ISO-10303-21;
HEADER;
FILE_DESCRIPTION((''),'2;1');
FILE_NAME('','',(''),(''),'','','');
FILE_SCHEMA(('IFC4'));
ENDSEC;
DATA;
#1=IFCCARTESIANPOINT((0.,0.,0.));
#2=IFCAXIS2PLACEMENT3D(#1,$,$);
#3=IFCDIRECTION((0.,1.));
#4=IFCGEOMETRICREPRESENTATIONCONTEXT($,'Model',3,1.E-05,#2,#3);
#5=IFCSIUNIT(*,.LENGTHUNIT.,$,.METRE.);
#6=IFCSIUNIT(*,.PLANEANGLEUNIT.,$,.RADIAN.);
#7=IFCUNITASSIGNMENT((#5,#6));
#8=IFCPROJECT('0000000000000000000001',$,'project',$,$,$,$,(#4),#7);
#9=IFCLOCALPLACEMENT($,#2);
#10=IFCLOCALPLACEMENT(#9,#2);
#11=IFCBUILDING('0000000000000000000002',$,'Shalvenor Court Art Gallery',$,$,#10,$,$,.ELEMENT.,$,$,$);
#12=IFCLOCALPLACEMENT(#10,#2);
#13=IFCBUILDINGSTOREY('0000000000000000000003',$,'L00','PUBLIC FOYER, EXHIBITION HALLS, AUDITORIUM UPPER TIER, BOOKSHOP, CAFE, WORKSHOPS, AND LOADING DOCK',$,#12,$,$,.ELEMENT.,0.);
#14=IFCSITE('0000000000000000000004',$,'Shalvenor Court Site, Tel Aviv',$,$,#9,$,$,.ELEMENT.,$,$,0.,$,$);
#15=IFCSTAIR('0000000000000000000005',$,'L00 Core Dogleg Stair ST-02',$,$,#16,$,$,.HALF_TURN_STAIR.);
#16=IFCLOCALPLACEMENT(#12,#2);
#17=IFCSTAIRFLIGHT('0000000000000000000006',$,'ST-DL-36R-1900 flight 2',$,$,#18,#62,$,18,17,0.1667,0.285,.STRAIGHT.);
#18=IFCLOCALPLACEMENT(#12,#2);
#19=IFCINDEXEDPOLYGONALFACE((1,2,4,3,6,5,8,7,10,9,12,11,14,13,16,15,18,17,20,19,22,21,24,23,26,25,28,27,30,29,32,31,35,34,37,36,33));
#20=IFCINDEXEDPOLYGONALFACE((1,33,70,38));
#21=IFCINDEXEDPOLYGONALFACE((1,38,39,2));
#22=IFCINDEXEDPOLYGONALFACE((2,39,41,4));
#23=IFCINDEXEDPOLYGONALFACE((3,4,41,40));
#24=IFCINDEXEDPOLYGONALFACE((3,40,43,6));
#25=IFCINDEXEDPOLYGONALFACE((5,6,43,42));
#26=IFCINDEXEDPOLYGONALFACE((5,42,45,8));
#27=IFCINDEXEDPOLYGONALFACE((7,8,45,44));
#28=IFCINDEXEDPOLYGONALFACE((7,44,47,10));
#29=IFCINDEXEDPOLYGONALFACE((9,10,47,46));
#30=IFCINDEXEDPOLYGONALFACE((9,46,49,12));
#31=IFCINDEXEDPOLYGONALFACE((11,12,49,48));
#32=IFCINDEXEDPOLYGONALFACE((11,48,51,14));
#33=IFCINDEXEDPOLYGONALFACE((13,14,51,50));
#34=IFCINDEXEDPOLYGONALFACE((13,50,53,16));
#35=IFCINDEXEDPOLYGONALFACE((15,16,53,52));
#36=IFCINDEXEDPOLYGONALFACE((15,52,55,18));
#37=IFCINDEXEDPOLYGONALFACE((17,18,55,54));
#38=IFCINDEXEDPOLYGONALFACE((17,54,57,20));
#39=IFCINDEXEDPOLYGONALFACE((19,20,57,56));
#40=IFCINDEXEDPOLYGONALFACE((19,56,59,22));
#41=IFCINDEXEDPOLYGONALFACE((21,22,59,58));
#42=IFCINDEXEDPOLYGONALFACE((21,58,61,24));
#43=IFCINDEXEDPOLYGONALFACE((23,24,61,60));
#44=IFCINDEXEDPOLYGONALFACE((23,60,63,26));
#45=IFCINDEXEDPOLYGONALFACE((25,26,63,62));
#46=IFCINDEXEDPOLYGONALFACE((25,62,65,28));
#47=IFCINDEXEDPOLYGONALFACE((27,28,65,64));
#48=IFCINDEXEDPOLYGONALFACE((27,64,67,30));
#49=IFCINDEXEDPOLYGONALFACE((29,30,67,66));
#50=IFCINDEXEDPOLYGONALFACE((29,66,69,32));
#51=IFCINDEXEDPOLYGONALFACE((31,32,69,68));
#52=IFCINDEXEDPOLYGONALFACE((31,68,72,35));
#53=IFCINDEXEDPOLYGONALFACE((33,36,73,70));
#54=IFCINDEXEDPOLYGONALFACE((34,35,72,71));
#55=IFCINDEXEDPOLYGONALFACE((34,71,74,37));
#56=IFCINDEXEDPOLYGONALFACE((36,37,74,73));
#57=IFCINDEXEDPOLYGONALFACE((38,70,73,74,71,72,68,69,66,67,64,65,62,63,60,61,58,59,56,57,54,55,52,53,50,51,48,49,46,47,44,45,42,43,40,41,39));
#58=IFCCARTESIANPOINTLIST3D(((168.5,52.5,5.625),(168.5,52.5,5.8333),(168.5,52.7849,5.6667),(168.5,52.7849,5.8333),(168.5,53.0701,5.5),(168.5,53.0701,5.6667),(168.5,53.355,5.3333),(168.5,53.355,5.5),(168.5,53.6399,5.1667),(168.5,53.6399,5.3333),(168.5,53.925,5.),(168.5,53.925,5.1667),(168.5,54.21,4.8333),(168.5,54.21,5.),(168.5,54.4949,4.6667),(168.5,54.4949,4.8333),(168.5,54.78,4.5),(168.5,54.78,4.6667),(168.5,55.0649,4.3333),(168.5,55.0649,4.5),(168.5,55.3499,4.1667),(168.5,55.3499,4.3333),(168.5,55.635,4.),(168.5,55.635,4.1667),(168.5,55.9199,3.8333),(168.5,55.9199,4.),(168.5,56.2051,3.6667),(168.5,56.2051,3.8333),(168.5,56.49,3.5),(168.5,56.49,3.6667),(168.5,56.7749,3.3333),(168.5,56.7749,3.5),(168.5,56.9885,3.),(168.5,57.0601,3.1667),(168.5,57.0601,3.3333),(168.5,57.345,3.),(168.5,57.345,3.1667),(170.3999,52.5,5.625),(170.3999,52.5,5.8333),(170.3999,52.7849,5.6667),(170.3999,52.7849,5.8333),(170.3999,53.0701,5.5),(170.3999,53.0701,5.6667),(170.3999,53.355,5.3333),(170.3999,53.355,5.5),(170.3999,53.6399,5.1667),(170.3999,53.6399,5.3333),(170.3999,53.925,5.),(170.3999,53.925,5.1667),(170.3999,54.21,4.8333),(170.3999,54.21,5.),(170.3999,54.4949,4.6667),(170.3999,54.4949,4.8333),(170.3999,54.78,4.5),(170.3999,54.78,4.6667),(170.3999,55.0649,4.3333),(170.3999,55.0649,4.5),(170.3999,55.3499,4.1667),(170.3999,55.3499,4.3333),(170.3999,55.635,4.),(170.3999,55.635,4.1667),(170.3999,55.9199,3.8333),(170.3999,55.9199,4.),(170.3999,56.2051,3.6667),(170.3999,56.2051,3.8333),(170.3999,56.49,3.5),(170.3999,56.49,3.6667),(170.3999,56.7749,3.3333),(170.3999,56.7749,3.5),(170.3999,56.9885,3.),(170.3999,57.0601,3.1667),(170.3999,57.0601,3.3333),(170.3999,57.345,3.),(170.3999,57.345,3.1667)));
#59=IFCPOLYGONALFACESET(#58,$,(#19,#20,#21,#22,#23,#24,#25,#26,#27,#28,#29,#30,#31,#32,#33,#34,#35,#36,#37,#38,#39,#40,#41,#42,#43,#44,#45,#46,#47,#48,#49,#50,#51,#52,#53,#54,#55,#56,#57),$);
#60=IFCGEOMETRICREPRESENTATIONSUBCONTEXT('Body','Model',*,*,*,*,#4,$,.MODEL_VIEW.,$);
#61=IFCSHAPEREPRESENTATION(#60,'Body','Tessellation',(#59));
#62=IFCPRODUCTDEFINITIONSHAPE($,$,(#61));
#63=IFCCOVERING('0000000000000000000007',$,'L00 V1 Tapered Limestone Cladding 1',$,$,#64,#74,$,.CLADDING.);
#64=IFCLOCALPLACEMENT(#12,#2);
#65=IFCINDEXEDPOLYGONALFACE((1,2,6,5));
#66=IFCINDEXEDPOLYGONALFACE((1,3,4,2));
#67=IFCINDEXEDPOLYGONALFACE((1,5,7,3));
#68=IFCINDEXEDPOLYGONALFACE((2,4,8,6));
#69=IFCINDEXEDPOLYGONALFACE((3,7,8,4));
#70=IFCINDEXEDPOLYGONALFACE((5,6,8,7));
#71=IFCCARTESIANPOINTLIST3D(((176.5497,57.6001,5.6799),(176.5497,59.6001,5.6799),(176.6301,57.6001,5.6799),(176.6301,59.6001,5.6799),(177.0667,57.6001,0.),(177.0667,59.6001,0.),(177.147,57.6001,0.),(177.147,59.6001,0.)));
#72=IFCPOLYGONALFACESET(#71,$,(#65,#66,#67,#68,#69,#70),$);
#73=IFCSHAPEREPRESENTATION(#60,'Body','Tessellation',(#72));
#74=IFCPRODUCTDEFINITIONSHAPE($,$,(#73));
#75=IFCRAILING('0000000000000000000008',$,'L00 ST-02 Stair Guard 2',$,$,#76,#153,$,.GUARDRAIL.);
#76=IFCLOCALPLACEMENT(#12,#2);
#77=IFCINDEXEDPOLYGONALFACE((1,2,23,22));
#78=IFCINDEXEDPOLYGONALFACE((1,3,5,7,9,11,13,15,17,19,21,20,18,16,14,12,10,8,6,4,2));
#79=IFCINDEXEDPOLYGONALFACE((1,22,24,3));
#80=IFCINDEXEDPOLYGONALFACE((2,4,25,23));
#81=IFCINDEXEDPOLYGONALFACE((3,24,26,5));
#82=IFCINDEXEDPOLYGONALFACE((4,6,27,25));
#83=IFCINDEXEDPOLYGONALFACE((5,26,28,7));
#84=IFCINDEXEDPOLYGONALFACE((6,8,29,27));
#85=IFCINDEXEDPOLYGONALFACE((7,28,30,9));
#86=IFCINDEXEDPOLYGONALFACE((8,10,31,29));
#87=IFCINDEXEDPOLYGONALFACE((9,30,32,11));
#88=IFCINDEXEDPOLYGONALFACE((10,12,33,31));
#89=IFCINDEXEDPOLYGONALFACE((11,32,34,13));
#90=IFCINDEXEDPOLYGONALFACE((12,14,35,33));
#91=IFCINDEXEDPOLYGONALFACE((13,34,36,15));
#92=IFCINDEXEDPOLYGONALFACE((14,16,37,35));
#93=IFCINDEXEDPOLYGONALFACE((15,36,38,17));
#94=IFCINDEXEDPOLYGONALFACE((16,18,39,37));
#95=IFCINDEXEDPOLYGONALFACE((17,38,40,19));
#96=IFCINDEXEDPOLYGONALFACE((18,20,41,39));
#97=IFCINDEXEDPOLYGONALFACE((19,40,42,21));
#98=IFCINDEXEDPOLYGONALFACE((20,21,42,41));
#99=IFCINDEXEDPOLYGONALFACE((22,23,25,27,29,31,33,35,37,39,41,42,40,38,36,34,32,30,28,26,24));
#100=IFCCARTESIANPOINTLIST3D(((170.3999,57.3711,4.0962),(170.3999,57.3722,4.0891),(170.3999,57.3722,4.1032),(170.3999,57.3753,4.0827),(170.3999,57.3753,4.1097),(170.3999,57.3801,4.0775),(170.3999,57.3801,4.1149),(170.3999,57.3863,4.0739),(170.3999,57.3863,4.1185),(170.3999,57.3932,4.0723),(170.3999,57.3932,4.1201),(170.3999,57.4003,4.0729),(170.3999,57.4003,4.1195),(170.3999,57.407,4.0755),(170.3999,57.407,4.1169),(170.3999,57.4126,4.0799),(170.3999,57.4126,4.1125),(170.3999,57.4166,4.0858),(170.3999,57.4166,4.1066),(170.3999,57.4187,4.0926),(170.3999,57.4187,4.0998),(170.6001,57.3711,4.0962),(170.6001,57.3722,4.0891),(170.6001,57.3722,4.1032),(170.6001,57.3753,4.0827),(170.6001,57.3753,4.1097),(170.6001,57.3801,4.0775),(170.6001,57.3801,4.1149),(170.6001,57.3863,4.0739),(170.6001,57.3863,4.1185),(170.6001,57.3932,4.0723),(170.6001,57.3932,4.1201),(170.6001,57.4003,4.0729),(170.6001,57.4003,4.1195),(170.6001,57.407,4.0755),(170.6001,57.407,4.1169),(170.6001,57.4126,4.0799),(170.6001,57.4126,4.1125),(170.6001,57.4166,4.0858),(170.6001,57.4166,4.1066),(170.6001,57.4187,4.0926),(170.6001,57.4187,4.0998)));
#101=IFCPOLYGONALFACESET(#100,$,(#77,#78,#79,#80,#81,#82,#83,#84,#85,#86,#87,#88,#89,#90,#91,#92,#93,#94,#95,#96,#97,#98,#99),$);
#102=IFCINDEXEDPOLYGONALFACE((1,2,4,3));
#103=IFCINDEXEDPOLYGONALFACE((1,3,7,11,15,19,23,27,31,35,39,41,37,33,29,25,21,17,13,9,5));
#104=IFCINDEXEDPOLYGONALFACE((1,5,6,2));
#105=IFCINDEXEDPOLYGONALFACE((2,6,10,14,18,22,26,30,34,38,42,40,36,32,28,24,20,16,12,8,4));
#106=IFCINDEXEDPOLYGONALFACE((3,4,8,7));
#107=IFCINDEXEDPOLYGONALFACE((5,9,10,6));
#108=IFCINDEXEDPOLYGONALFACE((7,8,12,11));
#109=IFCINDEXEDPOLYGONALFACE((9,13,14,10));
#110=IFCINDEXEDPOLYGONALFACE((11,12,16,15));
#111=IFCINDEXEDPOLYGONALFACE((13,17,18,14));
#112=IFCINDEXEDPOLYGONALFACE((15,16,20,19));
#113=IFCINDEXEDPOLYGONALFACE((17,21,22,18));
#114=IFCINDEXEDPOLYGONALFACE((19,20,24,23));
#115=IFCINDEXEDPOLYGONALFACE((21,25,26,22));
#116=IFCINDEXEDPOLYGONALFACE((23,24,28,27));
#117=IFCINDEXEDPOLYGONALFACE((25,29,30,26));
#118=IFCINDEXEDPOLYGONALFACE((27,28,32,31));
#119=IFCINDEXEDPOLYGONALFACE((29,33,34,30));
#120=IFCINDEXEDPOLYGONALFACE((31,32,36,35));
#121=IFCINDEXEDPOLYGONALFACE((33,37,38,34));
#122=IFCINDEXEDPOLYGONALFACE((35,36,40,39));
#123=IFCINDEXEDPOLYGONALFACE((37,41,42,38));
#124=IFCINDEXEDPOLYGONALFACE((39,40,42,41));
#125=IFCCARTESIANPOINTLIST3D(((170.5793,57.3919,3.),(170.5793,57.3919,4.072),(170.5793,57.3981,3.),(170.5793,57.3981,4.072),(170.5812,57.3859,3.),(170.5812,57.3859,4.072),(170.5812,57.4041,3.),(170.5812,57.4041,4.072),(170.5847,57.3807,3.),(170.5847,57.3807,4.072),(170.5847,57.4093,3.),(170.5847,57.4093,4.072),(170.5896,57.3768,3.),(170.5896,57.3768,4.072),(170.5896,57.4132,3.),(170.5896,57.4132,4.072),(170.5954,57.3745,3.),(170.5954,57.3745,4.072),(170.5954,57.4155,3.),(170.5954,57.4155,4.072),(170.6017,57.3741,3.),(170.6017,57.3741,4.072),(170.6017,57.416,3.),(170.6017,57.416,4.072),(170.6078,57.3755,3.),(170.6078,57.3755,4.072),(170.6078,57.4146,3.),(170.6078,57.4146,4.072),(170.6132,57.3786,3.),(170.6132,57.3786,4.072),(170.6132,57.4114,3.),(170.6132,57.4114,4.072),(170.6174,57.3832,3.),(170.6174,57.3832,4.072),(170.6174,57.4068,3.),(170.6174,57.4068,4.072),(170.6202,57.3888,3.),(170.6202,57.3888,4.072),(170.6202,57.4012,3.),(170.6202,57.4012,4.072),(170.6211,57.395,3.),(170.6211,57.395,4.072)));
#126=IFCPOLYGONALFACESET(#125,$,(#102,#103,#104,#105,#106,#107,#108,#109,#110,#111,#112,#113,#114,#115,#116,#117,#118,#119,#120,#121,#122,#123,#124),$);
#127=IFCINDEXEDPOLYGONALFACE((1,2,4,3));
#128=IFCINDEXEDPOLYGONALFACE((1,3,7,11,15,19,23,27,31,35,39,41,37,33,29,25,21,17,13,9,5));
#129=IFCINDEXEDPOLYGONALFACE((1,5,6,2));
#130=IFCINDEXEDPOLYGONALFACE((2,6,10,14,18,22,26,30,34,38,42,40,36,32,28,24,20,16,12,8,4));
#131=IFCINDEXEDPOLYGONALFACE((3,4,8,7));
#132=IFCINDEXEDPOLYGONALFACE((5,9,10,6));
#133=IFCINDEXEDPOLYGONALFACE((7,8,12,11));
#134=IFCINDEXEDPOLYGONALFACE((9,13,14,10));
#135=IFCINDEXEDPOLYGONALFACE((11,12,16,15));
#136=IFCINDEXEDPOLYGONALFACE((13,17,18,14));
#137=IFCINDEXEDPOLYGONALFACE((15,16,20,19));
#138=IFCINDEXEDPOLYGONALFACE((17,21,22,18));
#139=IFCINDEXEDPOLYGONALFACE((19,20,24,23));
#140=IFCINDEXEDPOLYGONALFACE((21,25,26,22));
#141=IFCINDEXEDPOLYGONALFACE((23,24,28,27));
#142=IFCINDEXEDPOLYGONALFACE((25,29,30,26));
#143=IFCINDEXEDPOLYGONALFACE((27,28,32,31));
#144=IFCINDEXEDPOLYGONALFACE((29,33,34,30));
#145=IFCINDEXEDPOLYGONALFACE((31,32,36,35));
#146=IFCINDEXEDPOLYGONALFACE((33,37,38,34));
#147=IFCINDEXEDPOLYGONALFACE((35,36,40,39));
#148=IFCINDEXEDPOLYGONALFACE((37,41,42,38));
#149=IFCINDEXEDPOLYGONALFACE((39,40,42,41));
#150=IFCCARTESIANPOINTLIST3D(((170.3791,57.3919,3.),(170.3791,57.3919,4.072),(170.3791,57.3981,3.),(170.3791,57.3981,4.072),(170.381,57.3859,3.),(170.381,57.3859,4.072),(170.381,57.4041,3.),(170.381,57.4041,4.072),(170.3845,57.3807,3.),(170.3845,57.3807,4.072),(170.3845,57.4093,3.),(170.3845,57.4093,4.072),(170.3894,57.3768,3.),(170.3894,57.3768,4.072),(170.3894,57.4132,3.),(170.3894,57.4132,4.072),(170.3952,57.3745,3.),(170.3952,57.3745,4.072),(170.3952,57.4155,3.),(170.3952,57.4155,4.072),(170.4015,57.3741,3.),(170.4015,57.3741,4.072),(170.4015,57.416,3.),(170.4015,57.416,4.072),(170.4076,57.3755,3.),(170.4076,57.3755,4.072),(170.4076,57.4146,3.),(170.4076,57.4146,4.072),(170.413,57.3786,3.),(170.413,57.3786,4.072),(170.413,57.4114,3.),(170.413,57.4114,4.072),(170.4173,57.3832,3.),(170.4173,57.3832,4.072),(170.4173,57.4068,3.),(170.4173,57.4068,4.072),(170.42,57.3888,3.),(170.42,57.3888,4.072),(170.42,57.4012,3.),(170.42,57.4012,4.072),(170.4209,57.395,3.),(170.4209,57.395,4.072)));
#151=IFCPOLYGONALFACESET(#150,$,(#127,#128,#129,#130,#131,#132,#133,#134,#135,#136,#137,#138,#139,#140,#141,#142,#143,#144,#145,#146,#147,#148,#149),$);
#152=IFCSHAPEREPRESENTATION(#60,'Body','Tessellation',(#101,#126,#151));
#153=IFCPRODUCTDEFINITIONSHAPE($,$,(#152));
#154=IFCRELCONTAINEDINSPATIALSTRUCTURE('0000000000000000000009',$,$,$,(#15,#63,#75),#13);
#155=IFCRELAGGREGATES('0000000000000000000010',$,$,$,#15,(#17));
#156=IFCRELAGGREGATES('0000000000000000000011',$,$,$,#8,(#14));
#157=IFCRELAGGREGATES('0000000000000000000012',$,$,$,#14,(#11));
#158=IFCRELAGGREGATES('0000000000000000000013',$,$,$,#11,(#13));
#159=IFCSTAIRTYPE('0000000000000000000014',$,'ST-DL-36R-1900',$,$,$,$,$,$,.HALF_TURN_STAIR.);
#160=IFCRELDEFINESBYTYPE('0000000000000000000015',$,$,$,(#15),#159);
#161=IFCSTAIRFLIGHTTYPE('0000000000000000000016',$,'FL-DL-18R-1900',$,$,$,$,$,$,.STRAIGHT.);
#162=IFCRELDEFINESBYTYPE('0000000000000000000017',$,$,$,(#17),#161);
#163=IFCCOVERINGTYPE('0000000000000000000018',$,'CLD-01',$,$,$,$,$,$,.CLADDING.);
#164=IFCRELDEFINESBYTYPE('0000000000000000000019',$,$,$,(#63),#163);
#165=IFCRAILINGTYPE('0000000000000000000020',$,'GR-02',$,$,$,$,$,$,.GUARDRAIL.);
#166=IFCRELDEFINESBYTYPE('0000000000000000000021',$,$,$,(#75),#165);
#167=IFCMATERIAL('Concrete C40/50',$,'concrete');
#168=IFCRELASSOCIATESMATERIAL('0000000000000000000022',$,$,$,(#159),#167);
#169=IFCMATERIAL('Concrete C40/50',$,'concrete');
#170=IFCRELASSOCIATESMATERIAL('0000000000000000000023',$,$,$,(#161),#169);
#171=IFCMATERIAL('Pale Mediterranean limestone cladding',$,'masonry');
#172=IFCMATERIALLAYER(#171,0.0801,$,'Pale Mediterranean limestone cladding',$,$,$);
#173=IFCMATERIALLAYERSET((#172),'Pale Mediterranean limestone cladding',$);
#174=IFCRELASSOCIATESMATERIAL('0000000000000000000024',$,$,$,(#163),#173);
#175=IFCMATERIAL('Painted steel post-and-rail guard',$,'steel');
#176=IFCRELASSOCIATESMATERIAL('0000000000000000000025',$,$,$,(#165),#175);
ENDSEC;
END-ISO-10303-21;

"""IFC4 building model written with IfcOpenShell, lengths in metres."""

from ifc_helpers import new_model, si_unit, direction, frame, origin, origin_2d, place, context, subcontext, project, spatial, polyline, circle, outline, extrude, material, layer, layer_set, type_object, element, aggregate, save


model = new_model("IFC4")

# Units and contexts
model_context = context("Model", 3, precision=1e-05, world=origin(), true_north=direction((0.0, 1.0)))
body_context = subcontext(model_context, "Body", "Model", "MODEL_VIEW")
ifc_project = project(units=[si_unit("LENGTHUNIT", "METRE"), si_unit("PLANEANGLEUNIT", "RADIAN")], contexts=[model_context])

# Site, building, storey
site_placement = place(None, origin())
site = spatial("IfcSite", under=ifc_project, at=site_placement, Name="Shalvenor Court Site, Tel Aviv", CompositionType="ELEMENT", RefElevation=0.0)
building_placement = place(site_placement, origin())
building = spatial("IfcBuilding", under=site, at=building_placement, Name="Shalvenor Court Art Gallery", CompositionType="ELEMENT")
storey_placement = place(building_placement, origin())
storey = spatial("IfcBuildingStorey", under=building, at=storey_placement, Name="L00", Description="PUBLIC FOYER, EXHIBITION HALLS, AUDITORIUM UPPER TIER, BOOKSHOP, CAFE, WORKSHOPS, AND LOADING DOCK", CompositionType="ELEMENT", Elevation=0.0)

# Stair, stair flight
ifc_material_1 = material(Name="Concrete C40/50", Category="concrete")
stair_type = type_object("IfcStairType", Name="ST-DL-36R-1900", PredefinedType="HALF_TURN_STAIR", material=ifc_material_1)
stair_placement = place(storey_placement, origin())
stair = element("IfcStair", 1, at=stair_placement, inside=storey, type_object=stair_type, Name="L00 Core Dogleg Stair ST-02", PredefinedType="HALF_TURN_STAIR")
ifc_material_2 = material(Name="Concrete C40/50", Category="concrete")
stair_flight_type = type_object("IfcStairFlightType", Name="FL-DL-18R-1900", PredefinedType="STRAIGHT", material=ifc_material_2)
stair_flight_placement = place(storey_placement, frame((169.45, 57.345, 3.0), z_axis=(0.0, 0.0, 1.0), x_axis=(0.0, -1.0, 0.0)))
stair_flight = element("IfcStairFlight", 2, at=stair_flight_placement, type_object=stair_flight_type, Name="ST-DL-36R-1900 flight 2", NumberOfRisers=18, NumberOfTreads=17, PredefinedType="STRAIGHT", RiserHeight=0.1667, TreadLength=0.285, context=body_context, shape_type="SweptSolid", body=[
    extrude(outline(polyline([(0.0, 0.0), (0.0, 0.1667), (0.2849, 0.1667), (0.2849, 0.3333), (0.5701, 0.3333), (0.5701, 0.5), (0.855, 0.5), (0.855, 0.6667), (1.1399, 0.6667), (1.1399, 0.8333), (1.425, 0.8333), (1.425, 1.0), (1.71, 1.0), (1.71, 1.1667), (1.9951, 1.1667), (1.9951, 1.3333), (2.28, 1.3333), (2.28, 1.5), (2.5649, 1.5), (2.5649, 1.6667), (2.8501, 1.6667), (2.8501, 1.8333), (3.135, 1.8333), (3.135, 2.0), (3.4199, 2.0), (3.4199, 2.1667), (3.7051, 2.1667), (3.7051, 2.3333), (3.99, 2.3333), (3.99, 2.5), (4.2749, 2.5), (4.2749, 2.6667), (4.5601, 2.6667), (4.5601, 2.8333), (4.845, 2.8333), (4.845, 3.0), (4.845, 2.625), (0.3564, 0.0), (0.0, 0.0)])), frame((0.0, 0.95, 0.0), z_axis=(0.0, -1.0, 0.0), x_axis=(1.0, 0.0, 0.0)), (0.0, 0.0, 1.0), 1.8999),
])
aggregate(stair, [stair_flight])

# Covering
ifc_material_3 = material(Name="Pale Mediterranean limestone cladding", Category="masonry")
ifc_layer_1 = layer(ifc_material_3, 0.0801, Name="Pale Mediterranean limestone cladding")
ifc_layer_set_1 = layer_set([ifc_layer_1], Name="Pale Mediterranean limestone cladding")
covering_type = type_object("IfcCoveringType", Name="CLD-01", PredefinedType="CLADDING", material=ifc_layer_set_1)
covering_placement = place(storey_placement, frame((177.147, 57.6001, 0.0), z_axis=(0.0, 0.0, 1.0), x_axis=(0.0, 1.0, 0.0)))
element("IfcCovering", 3, at=covering_placement, inside=storey, type_object=covering_type, Name="L00 V1 Tapered Limestone Cladding 1", PredefinedType="CLADDING", context=body_context, shape_type="SweptSolid", body=[
    extrude(outline(polyline([(0.0, 0.0), (2.0, 0.0), (2.0, 5.7034), (0.0, 5.7034), (0.0, 0.0)])), frame((0.0, 0.0, 0.0), z_axis=(0.0, -0.995884, 0.090633), x_axis=(1.0, 0.0, 0.0)), (0.0, 0.090633, -0.995884), 0.0803),
])

# Railing
ifc_material_4 = material(Name="Painted steel post-and-rail guard", Category="steel")
railing_type_1 = type_object("IfcRailingType", Name="GR-02", PredefinedType="GUARDRAIL", material=ifc_material_4)
railing_1_placement = place(storey_placement, frame((170.6001, 57.395, 3.0)))
element("IfcRailing", 4, at=railing_1_placement, inside=storey, type_object=railing_type_1, Name="L00 ST-02 Stair Guard 2", PredefinedType="GUARDRAIL", context=body_context, shape_type="SweptSolid", body=[
    extrude(circle(Radius=0.0239, at=origin_2d()), frame((0.0, 0.0, 1.0962), z_axis=(-1.0, 0.0, 0.0), x_axis=(0.0, -1.0, 0.0)), (0.0, 0.0, 1.0), 0.2002),
    extrude(circle(Radius=0.021, at=origin_2d()), origin(), (0.0, 0.0, 1.0), 1.072),
    extrude(circle(Radius=0.021, at=origin_2d()), frame((-0.2002, 0.0, 0.0)), (0.0, 0.0, 1.0), 1.072),
])

save(model, "model.ifc")
